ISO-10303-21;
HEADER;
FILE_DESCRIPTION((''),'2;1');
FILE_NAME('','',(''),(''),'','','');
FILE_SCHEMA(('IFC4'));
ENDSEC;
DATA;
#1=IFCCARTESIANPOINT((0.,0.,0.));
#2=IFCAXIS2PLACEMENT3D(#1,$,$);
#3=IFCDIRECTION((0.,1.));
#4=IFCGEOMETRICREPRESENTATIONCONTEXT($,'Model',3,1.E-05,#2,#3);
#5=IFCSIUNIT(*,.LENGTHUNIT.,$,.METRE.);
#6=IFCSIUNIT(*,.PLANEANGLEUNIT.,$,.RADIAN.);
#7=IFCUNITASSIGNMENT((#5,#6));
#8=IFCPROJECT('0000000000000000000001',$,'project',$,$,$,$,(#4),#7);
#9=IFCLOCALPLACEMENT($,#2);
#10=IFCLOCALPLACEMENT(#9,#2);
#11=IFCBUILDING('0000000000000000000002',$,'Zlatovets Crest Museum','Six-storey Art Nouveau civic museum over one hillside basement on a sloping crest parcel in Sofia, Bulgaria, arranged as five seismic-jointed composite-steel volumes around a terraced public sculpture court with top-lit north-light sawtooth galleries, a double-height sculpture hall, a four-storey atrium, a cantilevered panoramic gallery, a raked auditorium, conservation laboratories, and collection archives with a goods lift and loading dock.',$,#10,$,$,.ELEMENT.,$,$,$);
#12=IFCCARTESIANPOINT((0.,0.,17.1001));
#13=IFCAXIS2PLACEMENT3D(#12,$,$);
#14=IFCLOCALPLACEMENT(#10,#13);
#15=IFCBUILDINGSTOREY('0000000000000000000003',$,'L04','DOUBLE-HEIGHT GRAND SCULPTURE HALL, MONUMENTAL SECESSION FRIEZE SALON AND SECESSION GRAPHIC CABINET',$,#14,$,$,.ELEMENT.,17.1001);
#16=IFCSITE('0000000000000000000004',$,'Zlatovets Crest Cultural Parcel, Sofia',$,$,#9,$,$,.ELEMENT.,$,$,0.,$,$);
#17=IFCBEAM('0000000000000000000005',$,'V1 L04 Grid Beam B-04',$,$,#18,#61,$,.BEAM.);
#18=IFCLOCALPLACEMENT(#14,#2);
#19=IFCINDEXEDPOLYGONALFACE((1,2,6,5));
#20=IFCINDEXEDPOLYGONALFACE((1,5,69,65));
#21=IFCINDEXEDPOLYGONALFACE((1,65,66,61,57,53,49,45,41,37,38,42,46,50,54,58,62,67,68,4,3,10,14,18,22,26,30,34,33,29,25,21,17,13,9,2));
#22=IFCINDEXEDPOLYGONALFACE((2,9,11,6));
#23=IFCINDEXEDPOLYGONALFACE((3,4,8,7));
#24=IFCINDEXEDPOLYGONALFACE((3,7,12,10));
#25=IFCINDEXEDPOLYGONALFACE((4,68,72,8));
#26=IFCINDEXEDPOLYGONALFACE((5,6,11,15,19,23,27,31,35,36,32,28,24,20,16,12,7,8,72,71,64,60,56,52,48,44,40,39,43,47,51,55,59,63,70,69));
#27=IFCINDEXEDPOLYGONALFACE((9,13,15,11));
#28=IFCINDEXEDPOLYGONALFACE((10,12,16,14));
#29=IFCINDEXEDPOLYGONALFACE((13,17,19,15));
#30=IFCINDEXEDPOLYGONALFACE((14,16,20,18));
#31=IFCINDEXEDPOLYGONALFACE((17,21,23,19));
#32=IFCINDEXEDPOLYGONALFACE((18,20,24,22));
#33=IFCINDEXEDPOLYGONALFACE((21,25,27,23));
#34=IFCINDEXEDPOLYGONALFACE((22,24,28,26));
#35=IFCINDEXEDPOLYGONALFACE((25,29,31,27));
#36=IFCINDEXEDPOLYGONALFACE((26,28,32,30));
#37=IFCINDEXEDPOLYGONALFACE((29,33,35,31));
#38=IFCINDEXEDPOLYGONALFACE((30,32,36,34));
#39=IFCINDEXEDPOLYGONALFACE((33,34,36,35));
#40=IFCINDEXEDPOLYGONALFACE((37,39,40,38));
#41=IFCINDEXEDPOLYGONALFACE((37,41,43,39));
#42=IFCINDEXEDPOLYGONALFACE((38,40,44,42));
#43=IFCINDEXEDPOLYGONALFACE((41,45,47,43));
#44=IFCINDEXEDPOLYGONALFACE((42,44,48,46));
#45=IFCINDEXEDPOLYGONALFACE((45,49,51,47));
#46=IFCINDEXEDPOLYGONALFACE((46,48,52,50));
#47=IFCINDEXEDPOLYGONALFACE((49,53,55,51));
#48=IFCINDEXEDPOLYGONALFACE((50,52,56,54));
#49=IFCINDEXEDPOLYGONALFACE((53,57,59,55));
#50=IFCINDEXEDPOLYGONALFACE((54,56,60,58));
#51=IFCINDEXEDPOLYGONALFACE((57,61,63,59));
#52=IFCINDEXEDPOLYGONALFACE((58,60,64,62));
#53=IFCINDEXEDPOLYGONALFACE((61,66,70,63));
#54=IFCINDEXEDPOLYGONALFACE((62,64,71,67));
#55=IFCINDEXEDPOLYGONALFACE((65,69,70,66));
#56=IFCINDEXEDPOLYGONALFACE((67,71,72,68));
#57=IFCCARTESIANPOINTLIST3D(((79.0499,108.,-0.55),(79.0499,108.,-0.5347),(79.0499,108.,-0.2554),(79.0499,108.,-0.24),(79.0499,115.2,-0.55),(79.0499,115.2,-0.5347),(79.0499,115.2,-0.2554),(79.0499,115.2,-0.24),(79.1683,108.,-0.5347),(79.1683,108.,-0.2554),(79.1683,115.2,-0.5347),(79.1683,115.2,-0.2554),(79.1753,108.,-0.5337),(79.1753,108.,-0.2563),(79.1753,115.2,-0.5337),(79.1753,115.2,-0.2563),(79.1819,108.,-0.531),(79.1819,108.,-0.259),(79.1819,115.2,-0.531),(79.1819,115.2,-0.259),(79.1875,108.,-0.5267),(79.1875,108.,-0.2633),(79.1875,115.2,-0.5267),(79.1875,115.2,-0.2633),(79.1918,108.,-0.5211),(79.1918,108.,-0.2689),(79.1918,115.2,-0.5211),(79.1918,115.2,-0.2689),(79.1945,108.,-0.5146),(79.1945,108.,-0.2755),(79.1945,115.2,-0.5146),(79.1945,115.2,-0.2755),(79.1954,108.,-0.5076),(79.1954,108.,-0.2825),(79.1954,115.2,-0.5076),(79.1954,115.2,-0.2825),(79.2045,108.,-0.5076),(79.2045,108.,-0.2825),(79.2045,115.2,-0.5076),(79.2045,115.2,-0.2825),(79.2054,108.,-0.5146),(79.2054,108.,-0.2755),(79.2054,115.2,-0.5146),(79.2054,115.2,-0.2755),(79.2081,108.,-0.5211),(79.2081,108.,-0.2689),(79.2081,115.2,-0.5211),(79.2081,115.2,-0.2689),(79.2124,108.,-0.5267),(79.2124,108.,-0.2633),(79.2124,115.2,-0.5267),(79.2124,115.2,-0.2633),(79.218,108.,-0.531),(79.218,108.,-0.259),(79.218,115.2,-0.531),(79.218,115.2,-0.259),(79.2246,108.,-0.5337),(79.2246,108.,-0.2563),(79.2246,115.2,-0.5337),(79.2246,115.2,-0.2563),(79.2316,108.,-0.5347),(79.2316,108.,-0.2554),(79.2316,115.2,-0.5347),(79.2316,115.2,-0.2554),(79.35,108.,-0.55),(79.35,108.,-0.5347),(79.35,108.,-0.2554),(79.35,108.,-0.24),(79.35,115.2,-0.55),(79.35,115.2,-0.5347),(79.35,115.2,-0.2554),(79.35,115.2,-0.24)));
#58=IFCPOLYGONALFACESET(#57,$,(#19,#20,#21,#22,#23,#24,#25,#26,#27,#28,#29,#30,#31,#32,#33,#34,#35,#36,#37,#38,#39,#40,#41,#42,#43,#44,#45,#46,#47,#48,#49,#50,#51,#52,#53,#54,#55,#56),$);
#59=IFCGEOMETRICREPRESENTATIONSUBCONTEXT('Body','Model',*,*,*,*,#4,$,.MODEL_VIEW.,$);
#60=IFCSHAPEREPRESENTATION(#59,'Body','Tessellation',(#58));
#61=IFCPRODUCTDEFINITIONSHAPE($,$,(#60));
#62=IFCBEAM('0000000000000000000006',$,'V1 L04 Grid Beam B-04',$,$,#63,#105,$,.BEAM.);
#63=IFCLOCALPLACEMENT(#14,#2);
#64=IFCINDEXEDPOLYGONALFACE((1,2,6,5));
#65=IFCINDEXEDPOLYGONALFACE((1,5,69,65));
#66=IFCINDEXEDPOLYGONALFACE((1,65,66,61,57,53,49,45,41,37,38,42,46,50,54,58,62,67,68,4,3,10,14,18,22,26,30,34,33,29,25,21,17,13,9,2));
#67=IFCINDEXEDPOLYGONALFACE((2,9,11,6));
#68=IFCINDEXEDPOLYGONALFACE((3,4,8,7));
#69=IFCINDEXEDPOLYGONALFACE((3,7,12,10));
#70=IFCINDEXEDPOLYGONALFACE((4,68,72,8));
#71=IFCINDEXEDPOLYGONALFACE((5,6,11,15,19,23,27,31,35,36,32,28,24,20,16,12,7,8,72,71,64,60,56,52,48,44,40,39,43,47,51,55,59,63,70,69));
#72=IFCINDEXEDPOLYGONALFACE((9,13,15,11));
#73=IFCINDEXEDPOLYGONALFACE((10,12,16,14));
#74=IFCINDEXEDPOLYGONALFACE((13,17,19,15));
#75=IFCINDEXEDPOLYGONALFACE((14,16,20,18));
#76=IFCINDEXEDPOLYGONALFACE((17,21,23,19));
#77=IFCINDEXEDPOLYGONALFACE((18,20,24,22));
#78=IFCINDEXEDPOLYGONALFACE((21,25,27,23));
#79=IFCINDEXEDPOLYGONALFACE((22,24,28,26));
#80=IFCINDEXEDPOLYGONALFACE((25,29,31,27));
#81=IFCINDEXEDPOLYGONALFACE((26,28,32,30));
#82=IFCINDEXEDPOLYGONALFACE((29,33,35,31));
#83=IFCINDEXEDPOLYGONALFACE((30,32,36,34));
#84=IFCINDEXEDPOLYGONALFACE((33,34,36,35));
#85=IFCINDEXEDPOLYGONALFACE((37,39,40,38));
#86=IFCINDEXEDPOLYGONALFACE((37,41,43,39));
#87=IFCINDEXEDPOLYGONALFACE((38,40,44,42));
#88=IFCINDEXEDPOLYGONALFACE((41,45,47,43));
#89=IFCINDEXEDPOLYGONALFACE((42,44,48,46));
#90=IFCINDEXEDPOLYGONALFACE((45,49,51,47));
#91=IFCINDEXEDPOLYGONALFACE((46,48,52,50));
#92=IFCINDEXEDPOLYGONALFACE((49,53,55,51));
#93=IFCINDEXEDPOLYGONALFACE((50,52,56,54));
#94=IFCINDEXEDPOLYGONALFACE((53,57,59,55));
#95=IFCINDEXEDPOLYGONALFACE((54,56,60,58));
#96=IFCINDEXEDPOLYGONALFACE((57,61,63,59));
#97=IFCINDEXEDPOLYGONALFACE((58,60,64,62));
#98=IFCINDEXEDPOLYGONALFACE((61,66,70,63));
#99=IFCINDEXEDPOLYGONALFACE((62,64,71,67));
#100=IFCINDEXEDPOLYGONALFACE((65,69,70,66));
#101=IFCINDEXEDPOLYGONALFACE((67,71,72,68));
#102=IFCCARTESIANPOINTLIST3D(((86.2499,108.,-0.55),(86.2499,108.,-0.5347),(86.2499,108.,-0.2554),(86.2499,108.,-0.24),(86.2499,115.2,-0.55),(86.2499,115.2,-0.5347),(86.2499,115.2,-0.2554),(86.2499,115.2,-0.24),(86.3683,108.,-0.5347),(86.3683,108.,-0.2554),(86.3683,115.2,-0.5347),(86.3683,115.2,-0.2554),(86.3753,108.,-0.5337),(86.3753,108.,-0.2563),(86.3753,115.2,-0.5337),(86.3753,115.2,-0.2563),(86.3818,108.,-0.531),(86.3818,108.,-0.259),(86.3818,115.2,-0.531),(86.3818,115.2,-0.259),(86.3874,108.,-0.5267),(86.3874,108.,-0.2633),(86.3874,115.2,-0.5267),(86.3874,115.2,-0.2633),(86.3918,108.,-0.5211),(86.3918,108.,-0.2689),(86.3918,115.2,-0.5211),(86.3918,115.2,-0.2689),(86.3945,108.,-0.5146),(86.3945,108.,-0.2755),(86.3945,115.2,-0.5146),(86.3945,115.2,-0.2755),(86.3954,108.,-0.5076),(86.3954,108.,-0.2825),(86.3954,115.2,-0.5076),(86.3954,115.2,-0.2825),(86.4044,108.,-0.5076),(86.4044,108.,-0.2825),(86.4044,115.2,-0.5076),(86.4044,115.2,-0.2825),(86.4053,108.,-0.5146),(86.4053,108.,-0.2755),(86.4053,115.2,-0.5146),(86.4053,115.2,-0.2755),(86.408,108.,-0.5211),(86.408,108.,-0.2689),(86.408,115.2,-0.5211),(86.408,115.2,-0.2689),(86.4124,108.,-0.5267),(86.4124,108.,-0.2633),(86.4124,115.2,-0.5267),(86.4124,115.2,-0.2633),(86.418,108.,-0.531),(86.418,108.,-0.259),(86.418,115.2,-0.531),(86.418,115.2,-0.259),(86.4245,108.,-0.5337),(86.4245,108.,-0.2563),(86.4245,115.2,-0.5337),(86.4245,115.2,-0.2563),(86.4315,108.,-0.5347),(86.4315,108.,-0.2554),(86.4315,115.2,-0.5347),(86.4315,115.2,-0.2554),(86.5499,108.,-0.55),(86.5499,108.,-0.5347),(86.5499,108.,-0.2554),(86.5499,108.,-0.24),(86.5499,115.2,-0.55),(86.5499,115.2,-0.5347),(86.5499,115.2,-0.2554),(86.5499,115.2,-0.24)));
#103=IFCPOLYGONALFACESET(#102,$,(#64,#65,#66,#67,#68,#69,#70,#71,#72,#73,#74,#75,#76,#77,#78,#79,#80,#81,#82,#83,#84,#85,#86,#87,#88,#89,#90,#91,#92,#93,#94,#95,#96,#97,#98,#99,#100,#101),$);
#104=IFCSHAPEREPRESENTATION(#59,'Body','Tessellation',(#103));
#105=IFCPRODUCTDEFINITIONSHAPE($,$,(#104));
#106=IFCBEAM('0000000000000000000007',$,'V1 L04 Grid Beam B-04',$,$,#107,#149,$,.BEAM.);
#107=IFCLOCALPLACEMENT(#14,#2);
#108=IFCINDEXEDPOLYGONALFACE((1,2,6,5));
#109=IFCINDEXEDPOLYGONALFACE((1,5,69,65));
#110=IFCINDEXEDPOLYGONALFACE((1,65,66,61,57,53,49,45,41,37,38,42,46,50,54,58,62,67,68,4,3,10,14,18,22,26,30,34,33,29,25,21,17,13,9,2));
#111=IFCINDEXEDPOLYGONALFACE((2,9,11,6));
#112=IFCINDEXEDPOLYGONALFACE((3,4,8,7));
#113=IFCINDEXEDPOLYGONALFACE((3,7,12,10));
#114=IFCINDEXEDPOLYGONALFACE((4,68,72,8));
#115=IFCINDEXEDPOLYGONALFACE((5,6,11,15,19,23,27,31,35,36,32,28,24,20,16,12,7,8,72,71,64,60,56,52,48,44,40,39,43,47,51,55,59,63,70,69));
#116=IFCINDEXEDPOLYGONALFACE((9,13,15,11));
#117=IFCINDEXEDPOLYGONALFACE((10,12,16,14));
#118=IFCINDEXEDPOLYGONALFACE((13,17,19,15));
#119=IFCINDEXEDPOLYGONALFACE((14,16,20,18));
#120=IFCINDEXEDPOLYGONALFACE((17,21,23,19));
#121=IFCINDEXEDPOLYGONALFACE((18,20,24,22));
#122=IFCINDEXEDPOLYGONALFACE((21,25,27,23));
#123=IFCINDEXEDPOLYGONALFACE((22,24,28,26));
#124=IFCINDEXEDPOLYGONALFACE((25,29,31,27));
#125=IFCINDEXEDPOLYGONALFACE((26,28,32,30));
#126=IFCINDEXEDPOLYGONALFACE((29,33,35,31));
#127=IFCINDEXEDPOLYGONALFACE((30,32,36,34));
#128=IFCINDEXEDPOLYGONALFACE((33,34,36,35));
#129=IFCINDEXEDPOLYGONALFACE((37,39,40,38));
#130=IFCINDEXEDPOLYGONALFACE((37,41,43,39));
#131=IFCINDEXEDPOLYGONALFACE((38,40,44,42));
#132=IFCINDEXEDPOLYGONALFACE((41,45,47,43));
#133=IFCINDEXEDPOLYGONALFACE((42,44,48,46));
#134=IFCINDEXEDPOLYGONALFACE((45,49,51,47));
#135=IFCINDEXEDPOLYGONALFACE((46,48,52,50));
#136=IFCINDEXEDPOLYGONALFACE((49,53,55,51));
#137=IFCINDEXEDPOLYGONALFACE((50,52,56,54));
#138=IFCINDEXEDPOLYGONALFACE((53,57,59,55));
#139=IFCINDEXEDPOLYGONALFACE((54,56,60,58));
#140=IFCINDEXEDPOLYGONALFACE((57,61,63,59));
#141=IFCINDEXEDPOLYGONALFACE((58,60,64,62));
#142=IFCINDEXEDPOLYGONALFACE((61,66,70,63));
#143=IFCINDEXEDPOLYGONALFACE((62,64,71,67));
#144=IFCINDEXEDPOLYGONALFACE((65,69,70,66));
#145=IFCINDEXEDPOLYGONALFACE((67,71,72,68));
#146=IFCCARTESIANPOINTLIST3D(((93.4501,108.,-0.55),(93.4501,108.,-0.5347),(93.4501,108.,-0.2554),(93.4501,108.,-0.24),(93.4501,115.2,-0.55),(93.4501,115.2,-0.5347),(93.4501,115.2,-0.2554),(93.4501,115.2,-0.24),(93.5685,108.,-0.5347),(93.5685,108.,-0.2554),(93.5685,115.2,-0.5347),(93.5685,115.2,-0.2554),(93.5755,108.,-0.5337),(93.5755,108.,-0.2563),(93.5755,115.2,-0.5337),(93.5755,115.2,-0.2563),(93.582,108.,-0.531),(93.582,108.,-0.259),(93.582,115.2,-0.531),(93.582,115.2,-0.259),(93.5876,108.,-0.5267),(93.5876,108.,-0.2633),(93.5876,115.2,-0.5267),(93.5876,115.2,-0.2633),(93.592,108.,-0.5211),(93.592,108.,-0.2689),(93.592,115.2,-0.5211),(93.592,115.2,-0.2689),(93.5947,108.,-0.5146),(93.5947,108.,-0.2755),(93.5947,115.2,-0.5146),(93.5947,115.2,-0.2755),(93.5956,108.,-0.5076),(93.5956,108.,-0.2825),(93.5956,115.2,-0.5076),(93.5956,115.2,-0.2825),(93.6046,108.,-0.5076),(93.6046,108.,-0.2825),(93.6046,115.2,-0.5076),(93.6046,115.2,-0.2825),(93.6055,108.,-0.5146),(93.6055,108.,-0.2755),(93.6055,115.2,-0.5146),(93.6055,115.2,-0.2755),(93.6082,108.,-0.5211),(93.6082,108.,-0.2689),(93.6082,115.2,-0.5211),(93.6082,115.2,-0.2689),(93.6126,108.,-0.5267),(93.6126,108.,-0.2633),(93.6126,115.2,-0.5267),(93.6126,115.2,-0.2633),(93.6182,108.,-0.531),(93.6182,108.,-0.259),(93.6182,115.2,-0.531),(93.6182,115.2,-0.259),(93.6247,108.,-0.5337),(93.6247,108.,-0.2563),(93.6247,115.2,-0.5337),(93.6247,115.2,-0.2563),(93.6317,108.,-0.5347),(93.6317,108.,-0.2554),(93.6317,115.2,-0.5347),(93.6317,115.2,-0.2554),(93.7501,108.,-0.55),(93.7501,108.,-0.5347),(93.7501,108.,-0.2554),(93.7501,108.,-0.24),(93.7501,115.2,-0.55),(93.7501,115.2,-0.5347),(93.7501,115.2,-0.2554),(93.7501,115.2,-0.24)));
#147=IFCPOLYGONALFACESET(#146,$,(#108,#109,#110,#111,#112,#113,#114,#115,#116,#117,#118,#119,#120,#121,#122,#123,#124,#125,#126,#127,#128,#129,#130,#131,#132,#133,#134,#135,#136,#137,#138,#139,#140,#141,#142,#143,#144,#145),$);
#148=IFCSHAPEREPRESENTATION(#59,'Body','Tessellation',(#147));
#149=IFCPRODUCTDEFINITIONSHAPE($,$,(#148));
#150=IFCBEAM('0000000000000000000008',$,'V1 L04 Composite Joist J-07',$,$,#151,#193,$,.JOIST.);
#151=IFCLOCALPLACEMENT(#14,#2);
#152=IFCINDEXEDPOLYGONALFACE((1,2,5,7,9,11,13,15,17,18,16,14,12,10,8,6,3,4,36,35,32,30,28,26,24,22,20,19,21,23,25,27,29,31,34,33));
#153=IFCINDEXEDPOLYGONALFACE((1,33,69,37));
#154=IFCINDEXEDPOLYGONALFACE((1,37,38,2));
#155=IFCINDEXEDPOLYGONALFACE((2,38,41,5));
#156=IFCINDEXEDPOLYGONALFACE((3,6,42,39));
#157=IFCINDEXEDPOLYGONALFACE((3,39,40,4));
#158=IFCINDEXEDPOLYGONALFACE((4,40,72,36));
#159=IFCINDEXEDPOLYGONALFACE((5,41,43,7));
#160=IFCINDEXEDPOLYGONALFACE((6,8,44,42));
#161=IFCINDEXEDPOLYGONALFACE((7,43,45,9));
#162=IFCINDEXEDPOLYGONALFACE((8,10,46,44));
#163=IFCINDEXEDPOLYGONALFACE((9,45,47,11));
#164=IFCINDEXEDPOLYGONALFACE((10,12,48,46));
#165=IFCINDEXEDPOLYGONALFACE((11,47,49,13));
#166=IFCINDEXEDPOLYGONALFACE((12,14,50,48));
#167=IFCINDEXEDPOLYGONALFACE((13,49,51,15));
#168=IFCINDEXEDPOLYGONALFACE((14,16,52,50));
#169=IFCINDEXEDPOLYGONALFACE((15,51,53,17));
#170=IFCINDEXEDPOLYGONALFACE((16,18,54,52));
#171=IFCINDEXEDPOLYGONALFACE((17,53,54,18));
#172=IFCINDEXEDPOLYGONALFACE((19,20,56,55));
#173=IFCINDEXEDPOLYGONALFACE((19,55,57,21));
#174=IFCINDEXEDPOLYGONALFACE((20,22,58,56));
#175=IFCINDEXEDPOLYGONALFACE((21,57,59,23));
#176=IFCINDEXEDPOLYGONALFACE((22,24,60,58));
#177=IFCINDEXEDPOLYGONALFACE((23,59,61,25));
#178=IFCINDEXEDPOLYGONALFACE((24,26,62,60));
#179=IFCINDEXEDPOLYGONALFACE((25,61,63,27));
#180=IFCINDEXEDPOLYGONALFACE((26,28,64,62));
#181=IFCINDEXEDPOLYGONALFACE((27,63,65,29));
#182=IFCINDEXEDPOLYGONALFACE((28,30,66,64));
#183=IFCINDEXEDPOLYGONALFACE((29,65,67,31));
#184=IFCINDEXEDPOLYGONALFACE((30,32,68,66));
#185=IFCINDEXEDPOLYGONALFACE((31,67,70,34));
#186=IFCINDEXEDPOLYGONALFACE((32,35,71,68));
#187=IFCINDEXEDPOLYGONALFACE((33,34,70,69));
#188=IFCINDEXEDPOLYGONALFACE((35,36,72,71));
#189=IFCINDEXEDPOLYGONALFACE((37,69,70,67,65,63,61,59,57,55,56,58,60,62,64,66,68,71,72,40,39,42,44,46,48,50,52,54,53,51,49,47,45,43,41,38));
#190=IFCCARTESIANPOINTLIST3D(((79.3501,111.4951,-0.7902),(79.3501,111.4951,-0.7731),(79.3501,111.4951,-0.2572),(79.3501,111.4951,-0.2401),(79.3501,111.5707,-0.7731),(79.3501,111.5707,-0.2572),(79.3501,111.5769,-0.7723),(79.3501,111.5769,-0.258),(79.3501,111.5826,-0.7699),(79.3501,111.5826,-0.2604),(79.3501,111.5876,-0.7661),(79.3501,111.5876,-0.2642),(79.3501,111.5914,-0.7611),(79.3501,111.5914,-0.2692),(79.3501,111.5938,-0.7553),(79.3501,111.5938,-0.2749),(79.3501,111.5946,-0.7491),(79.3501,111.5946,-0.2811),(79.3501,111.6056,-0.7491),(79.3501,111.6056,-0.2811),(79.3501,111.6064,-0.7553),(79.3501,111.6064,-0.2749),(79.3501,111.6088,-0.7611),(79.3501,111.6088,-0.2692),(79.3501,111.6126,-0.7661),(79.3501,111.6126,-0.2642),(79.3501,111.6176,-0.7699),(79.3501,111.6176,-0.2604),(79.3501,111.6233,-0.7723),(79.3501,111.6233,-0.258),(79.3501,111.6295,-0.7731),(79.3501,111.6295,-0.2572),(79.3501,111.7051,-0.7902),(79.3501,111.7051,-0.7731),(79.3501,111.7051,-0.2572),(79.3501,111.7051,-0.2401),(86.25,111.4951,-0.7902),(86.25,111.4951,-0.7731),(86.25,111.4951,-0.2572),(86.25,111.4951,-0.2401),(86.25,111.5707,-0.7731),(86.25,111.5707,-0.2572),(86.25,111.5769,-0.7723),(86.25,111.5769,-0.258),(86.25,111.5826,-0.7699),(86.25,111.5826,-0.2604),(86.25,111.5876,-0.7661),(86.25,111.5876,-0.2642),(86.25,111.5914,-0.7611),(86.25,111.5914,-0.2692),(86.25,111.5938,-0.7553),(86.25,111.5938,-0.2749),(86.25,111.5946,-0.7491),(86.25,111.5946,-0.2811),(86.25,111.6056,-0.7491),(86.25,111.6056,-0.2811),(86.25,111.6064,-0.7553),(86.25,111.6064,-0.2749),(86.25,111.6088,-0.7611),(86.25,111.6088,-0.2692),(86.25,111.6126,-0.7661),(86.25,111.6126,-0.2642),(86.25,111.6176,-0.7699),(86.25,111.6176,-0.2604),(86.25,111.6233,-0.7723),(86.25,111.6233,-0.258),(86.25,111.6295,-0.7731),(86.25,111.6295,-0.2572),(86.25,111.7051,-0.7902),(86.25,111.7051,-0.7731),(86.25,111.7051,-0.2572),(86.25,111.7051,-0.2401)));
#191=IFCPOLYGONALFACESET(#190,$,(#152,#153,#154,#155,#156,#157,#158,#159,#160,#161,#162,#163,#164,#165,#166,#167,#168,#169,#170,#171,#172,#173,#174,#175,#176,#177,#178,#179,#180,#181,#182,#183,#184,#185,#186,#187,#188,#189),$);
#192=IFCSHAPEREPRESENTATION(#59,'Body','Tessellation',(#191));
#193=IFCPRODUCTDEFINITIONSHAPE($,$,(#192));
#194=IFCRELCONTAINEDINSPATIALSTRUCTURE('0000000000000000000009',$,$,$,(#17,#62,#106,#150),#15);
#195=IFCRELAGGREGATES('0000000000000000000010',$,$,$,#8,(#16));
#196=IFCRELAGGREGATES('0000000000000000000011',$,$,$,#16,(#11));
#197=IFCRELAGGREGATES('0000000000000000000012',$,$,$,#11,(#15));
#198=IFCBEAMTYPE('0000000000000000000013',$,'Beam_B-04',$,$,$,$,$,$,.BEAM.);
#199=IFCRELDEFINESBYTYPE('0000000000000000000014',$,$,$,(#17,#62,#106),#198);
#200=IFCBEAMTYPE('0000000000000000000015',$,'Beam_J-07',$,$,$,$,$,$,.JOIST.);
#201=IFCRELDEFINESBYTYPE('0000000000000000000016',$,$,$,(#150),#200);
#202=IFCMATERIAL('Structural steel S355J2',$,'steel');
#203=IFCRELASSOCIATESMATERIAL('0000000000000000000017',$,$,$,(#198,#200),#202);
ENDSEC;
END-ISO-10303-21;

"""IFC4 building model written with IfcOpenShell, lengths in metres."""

from ifc_helpers import new_model, si_unit, direction, frame, origin, origin_2d, place, context, subcontext, project, spatial, i_section, extrude, material, material_profile, profile_set, type_object, element, save


model = new_model("IFC4")

# Units and contexts
model_context = context("Model", 3, precision=1e-05, world=origin(), true_north=direction((0.0, 1.0)))
body_context = subcontext(model_context, "Body", "Model", "MODEL_VIEW")
ifc_project = project(units=[si_unit("LENGTHUNIT", "METRE"), si_unit("PLANEANGLEUNIT", "RADIAN")], contexts=[model_context])

# Site, building, storey
site_placement = place(None, origin())
site = spatial("IfcSite", under=ifc_project, at=site_placement, Name="Zlatovets Crest Cultural Parcel, Sofia", CompositionType="ELEMENT", RefElevation=0.0)
building_placement = place(site_placement, origin())
building = spatial("IfcBuilding", under=site, at=building_placement, Name="Zlatovets Crest Museum", Description="Six-storey Art Nouveau civic museum over one hillside basement on a sloping crest parcel in Sofia, Bulgaria, arranged as five seismic-jointed composite-steel volumes around a terraced public sculpture court with top-lit north-light sawtooth galleries, a double-height sculpture hall, a four-storey atrium, a cantilevered panoramic gallery, a raked auditorium, conservation laboratories, and collection archives with a goods lift and loading dock.", CompositionType="ELEMENT")
storey_placement = place(building_placement, frame((0.0, 0.0, 17.1001)))
storey = spatial("IfcBuildingStorey", under=building, at=storey_placement, Name="L04", Description="DOUBLE-HEIGHT GRAND SCULPTURE HALL, MONUMENTAL SECESSION FRIEZE SALON AND SECESSION GRAPHIC CABINET", CompositionType="ELEMENT", Elevation=17.1001)

# Shared definitions
ifc_material_1 = material(Name="Structural steel S355J2", Category="steel")

# Beams
ifc_material_profile_1 = material_profile(ifc_material_1, i_section(OverallWidth=0.3, OverallDepth=0.3101, WebThickness=0.009, FlangeThickness=0.0154, FilletRadius=0.0271, at=origin_2d()), Name="HEA 320")
ifc_profile_set_1 = profile_set([ifc_material_profile_1], Name="Structural steel S355J2")
beam_type_1 = type_object("IfcBeamType", Name="Beam_B-04", PredefinedType="BEAM", material=ifc_profile_set_1)
for number, where, z_axis, x_axis, name in (
    (1, (79.2, 108.0, -0.395), (0.0, 1.0, 0.0), (-1.0, 0.0, 0.0), "V1 L04 Grid Beam B-04"),
    (2, (86.3999, 108.0, -0.395), (0.0, 1.0, 0.0), (-1.0, 0.0, 0.0), "V1 L04 Grid Beam B-04"),
    (3, (93.6001, 108.0, -0.395), (0.0, 1.0, 0.0), (-1.0, 0.0, 0.0), "V1 L04 Grid Beam B-04"),
):
    element("IfcBeam", number, at=place(storey_placement, frame(where, z_axis=z_axis, x_axis=x_axis)), inside=storey, type_object=beam_type_1, Name=name, PredefinedType="BEAM", context=body_context, shape_type="SweptSolid", body=[
        extrude(i_section(OverallWidth=0.3, OverallDepth=0.3101, WebThickness=0.009, FlangeThickness=0.0154, FilletRadius=0.0271, at=origin_2d()), origin(), (0.0, 0.0, 1.0), 7.2),
    ])
ifc_material_profile_2 = material_profile(ifc_material_1, i_section(OverallWidth=0.21, OverallDepth=0.55, WebThickness=0.011, FlangeThickness=0.0171, FilletRadius=0.0239, at=origin_2d()), Name="IPE 550")
ifc_profile_set_2 = profile_set([ifc_material_profile_2], Name="Structural steel S355J2")
beam_type_2 = type_object("IfcBeamType", Name="Beam_J-07", PredefinedType="JOIST", material=ifc_profile_set_2)
for number, where, z_axis, x_axis, name in (
    (4, (79.3501, 111.6001, -0.5151), (1.0, 0.0, 0.0), (0.0, 1.0, 0.0), "V1 L04 Composite Joist J-07"),
):
    element("IfcBeam", number, at=place(storey_placement, frame(where, z_axis=z_axis, x_axis=x_axis)), inside=storey, type_object=beam_type_2, Name=name, PredefinedType="JOIST", context=body_context, shape_type="SweptSolid", body=[
        extrude(i_section(OverallWidth=0.21, OverallDepth=0.55, WebThickness=0.011, FlangeThickness=0.0171, FilletRadius=0.0239, at=origin_2d()), origin(), (0.0, 0.0, 1.0), 6.8999),
    ])

save(model, "model.ifc")
